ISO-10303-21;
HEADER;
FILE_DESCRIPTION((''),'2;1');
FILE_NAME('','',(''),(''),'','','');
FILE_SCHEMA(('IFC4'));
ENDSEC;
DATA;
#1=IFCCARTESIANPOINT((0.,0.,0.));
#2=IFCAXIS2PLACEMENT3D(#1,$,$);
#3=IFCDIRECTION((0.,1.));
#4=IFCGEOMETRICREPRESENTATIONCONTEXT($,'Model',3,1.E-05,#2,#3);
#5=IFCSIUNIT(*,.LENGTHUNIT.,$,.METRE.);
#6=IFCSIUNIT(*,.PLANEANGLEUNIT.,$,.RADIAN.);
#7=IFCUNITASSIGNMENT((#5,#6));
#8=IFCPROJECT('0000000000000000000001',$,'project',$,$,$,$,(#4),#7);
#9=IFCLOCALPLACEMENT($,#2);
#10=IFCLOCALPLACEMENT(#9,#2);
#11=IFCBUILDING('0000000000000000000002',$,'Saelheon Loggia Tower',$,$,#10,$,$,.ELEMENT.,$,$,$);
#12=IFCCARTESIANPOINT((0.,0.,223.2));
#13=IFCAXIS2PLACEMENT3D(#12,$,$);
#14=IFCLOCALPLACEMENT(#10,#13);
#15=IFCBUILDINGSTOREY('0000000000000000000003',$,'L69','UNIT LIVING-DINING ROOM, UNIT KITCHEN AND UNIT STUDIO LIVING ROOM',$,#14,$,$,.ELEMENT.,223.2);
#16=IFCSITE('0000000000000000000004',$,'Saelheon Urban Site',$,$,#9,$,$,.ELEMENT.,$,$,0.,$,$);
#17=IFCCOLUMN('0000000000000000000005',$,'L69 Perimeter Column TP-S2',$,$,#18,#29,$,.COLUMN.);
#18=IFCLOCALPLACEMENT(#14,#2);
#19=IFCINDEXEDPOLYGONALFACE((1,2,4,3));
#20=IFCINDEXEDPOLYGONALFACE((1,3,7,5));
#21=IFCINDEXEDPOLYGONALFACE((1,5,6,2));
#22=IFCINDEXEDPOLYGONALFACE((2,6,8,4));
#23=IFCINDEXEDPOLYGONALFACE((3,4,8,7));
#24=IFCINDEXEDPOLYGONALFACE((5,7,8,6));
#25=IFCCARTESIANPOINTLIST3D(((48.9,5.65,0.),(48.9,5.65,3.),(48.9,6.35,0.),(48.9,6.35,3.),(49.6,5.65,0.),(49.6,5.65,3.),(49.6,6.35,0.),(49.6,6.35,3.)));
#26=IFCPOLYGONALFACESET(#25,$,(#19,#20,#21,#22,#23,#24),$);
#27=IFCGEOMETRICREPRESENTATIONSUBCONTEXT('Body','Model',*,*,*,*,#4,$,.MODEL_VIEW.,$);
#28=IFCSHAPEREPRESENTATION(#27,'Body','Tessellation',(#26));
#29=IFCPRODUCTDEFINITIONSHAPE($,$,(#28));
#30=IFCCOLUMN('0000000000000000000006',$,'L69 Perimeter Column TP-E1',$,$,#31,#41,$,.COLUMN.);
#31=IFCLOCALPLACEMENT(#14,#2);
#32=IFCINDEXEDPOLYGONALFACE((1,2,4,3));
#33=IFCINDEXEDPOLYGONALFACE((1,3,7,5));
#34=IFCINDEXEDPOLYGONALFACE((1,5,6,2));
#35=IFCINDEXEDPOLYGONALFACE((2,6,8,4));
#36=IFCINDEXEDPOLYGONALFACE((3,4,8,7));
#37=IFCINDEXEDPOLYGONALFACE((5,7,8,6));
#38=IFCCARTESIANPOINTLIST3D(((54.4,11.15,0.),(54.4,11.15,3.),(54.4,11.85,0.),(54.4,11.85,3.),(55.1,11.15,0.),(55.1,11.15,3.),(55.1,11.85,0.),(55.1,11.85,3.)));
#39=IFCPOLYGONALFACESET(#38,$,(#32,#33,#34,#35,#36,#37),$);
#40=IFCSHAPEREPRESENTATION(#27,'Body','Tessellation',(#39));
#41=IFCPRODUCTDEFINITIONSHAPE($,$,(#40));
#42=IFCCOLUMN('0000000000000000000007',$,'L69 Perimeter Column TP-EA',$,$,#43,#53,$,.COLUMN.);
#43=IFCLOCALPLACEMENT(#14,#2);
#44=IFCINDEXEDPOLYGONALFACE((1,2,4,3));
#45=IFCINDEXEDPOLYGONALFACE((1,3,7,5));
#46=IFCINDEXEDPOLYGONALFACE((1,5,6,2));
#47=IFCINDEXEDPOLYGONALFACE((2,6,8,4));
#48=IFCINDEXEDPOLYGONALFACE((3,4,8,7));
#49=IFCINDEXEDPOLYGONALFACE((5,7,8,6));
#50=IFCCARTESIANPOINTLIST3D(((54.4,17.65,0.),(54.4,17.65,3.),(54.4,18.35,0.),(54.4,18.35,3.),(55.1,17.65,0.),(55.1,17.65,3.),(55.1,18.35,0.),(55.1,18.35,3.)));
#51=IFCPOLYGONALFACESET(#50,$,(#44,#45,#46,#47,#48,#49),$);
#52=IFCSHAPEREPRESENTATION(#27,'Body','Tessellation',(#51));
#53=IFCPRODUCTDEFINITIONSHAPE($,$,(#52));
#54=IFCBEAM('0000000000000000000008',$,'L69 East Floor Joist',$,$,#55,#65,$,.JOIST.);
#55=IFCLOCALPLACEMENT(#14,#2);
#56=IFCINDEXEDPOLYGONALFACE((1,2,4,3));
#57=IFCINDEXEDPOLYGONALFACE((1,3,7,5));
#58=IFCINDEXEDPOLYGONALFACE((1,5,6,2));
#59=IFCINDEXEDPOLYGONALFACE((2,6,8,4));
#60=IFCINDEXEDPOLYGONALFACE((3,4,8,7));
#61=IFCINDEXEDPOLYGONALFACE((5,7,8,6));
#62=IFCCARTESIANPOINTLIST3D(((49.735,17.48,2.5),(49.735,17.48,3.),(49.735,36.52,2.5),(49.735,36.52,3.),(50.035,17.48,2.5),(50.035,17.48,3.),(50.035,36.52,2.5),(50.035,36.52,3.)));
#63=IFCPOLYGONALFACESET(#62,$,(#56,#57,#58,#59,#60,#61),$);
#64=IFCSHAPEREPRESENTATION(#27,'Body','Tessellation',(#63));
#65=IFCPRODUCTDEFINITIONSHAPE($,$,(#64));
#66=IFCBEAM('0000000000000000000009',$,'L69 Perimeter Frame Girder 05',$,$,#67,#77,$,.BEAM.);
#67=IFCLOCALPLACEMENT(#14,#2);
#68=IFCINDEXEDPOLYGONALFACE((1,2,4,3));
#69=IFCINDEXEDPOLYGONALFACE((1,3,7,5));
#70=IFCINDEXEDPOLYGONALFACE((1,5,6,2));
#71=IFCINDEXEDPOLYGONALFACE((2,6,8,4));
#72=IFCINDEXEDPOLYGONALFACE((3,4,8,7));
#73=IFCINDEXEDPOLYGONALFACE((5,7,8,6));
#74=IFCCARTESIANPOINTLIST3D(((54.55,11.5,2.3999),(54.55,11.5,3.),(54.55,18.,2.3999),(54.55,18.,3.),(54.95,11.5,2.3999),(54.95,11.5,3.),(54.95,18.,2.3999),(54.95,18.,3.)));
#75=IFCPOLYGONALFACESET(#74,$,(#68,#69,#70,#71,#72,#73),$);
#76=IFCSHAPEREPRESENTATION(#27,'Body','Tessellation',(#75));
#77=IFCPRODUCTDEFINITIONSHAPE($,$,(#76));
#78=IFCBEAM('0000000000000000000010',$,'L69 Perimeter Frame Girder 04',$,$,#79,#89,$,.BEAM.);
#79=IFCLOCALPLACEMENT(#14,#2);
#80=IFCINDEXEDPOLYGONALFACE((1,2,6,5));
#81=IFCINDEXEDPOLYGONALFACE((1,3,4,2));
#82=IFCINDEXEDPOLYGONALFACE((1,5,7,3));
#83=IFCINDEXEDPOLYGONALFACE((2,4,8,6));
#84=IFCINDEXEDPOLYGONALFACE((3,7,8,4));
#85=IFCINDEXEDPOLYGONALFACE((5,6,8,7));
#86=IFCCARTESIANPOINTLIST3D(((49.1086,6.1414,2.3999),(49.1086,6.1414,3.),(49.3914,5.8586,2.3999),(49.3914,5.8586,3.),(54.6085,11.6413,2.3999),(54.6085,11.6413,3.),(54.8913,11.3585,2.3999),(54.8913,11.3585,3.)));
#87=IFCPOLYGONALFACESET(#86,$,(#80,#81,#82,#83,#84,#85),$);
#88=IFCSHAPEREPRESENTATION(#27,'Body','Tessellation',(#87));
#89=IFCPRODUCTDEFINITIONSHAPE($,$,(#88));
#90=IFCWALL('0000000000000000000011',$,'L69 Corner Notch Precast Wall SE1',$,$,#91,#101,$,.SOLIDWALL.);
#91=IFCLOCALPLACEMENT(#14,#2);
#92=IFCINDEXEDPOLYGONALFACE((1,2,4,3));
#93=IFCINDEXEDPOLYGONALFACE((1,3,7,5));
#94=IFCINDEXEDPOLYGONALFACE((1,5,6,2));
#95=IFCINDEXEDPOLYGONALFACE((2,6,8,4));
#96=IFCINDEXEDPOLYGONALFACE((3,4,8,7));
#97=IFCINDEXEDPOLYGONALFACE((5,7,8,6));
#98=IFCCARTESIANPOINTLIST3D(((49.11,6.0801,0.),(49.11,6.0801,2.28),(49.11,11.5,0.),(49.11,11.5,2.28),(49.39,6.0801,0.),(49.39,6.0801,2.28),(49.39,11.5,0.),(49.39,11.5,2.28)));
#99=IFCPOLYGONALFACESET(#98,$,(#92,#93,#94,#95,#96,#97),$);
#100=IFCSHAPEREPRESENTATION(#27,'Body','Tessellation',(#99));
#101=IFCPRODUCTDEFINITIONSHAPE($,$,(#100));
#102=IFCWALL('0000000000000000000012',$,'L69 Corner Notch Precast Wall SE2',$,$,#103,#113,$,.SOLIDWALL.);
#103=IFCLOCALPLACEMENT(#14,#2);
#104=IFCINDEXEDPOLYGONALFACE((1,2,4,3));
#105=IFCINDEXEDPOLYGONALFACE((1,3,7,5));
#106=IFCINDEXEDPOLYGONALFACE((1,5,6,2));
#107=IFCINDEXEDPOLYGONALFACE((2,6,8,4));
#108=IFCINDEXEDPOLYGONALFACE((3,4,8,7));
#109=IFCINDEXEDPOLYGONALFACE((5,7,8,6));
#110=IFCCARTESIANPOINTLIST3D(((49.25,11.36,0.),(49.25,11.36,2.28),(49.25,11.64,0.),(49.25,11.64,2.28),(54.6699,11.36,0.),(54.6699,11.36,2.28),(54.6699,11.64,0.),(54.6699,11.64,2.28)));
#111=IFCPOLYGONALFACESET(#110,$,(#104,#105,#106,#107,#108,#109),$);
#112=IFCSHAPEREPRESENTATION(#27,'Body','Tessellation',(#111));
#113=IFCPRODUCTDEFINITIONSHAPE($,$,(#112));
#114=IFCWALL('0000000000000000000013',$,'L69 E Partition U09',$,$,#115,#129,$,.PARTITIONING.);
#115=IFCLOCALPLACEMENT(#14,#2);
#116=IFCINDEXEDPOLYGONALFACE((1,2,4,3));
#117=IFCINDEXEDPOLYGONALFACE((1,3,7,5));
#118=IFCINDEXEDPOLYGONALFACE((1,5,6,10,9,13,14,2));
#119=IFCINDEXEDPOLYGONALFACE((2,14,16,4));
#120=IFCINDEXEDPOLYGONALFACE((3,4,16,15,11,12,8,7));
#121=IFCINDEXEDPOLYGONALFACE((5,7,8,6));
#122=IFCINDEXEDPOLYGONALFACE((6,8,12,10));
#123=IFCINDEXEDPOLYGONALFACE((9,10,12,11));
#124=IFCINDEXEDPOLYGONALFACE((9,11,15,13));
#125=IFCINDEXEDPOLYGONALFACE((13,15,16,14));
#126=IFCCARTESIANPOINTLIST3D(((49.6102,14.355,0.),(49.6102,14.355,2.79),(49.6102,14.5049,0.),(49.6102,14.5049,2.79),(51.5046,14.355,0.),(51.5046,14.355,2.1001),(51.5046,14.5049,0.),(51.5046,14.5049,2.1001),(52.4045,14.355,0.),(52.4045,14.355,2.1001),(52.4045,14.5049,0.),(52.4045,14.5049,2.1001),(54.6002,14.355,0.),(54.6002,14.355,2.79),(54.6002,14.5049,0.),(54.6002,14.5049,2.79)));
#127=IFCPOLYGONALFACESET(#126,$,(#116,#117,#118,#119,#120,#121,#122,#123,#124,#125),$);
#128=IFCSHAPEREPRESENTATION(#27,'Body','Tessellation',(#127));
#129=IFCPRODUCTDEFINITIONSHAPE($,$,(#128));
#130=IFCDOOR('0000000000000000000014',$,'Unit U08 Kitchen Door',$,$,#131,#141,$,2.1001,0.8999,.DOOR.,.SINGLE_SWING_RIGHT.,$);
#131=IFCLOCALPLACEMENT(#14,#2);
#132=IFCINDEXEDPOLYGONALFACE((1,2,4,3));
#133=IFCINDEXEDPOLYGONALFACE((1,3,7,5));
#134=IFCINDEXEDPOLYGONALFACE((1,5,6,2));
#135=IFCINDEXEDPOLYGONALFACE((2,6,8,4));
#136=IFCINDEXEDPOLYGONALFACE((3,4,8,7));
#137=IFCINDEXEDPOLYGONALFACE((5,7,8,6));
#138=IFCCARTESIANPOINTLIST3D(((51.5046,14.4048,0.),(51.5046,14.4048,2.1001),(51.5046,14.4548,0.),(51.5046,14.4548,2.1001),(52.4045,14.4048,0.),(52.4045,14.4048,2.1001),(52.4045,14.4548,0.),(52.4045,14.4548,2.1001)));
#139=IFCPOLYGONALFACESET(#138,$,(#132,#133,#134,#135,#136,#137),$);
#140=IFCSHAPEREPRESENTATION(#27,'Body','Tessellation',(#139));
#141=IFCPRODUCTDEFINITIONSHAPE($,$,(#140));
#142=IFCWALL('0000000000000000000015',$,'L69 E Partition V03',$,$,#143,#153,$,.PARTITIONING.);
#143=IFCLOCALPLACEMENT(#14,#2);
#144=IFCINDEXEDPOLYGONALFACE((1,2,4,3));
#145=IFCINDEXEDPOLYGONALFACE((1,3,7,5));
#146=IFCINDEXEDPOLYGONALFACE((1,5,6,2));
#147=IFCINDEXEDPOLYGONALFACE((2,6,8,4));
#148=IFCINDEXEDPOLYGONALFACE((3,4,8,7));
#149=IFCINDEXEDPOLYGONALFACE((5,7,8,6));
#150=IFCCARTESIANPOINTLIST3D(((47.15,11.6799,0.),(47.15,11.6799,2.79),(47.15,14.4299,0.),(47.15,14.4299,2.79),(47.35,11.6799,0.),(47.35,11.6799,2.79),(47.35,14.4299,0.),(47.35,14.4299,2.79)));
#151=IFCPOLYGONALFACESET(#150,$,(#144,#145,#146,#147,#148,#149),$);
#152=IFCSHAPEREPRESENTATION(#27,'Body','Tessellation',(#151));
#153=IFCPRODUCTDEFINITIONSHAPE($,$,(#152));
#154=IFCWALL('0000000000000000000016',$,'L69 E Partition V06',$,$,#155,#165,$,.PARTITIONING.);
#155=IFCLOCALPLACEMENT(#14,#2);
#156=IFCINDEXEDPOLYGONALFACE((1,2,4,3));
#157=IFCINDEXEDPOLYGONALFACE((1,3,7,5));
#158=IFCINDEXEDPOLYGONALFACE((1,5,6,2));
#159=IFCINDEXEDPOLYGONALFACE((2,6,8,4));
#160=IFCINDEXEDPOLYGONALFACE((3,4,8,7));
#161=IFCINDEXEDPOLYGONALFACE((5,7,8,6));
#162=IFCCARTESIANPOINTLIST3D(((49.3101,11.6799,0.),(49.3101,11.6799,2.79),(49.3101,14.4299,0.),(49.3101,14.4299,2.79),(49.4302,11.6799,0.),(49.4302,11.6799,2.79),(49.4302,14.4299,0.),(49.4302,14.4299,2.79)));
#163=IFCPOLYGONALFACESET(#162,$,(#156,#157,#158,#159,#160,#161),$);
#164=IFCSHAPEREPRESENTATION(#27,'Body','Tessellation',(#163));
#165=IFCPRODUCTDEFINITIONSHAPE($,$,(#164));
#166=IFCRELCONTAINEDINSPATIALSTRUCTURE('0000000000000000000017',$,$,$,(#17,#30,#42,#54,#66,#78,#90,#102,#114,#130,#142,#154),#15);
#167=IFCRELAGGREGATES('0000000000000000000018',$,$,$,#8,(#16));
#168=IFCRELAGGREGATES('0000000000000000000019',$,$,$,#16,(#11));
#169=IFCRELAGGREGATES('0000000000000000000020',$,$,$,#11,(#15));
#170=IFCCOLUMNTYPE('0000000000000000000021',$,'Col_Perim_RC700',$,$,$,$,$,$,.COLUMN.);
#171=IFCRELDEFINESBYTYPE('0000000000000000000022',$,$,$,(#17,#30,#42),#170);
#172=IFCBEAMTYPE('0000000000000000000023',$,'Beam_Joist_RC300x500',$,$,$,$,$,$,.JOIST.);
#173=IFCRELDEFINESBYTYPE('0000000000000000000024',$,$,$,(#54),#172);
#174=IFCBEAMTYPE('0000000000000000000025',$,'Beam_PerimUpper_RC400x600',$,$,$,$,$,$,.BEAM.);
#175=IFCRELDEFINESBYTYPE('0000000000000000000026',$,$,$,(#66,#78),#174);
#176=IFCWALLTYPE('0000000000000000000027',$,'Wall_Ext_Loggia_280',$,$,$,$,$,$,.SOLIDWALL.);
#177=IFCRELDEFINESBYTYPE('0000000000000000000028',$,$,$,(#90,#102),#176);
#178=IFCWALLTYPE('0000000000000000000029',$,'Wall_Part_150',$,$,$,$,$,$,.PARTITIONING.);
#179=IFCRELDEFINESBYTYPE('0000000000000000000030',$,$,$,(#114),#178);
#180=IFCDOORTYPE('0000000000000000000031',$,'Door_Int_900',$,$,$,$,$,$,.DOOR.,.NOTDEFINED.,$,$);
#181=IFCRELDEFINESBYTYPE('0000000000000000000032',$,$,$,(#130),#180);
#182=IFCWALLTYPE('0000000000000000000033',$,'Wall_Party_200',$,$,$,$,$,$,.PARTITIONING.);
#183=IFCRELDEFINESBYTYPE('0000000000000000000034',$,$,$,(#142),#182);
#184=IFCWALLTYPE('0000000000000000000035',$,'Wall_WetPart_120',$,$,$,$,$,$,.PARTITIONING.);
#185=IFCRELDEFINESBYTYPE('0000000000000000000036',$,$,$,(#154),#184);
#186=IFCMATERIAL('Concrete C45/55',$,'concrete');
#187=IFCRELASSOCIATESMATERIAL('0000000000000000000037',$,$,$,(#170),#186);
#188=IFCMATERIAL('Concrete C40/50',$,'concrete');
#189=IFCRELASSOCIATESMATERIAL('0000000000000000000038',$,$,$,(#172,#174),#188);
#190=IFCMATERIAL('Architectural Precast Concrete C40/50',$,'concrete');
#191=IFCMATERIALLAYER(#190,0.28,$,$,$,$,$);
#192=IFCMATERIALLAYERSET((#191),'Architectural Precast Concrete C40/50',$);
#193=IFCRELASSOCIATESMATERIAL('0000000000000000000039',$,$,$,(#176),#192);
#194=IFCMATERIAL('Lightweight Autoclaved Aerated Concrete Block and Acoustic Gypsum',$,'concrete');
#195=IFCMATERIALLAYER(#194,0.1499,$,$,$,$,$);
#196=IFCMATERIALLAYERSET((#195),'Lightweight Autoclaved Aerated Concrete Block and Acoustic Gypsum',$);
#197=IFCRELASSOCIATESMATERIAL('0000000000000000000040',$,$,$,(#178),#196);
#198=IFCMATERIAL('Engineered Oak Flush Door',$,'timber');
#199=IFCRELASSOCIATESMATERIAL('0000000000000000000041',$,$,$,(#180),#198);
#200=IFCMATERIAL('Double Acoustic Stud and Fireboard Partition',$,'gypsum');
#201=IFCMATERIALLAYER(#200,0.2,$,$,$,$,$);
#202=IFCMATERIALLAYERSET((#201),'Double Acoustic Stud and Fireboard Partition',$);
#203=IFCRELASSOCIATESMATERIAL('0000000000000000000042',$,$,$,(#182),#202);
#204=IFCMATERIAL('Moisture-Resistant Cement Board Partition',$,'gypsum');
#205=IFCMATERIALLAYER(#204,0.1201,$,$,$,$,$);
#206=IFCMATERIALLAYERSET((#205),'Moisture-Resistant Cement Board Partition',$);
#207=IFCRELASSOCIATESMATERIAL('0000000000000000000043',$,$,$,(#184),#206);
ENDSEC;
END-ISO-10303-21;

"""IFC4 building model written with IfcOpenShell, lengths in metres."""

from ifc_helpers import new_model, si_unit, direction, frame, frame_2d, origin, origin_2d, place, context, subcontext, project, spatial, rectangle, extrude, source, transform, mapped, material, layer, layer_set, material_profile, profile_set, type_object, element, fill, save


model = new_model("IFC4")

# Units and contexts
model_context = context("Model", 3, precision=1e-05, world=origin(), true_north=direction((0.0, 1.0)))
body_context = subcontext(model_context, "Body", "Model", "MODEL_VIEW")
ifc_project = project(units=[si_unit("LENGTHUNIT", "METRE"), si_unit("PLANEANGLEUNIT", "RADIAN")], contexts=[model_context])

# Site, building, storey
site_placement = place(None, origin())
site = spatial("IfcSite", under=ifc_project, at=site_placement, Name="Saelheon Urban Site", CompositionType="ELEMENT", RefElevation=0.0)
building_placement = place(site_placement, origin())
building = spatial("IfcBuilding", under=site, at=building_placement, Name="Saelheon Loggia Tower", CompositionType="ELEMENT")
storey_placement = place(building_placement, frame((0.0, 0.0, 223.2)))
storey = spatial("IfcBuildingStorey", under=building, at=storey_placement, Name="L69", Description="UNIT LIVING-DINING ROOM, UNIT KITCHEN AND UNIT STUDIO LIVING ROOM", CompositionType="ELEMENT", Elevation=223.2)

# Columns
ifc_material_1 = material(Name="Concrete C45/55", Category="concrete")
ifc_material_profile_1 = material_profile(ifc_material_1, rectangle(XDim=0.7, YDim=0.7, at=origin_2d()), Name="RC-700x700")
ifc_profile_set_1 = profile_set([ifc_material_profile_1], Name="Concrete C45/55")
column_type = type_object("IfcColumnType", Name="Col_Perim_RC700", PredefinedType="COLUMN", material=ifc_profile_set_1)
shared_shape_1 = source(origin(), body_context, "Body", "SweptSolid", [
    extrude(rectangle(XDim=0.7, YDim=0.7, at=origin_2d()), origin(), (0.0, 0.0, 1.0), 3.0),
])
for number, where, z_axis, x_axis, name in (
    (1, (49.25, 6.0, 0.0), (0.0, 0.0, 1.0), (1.0, 0.0, 0.0), "L69 Perimeter Column TP-S2"),
    (2, (54.75, 11.5, 0.0), (0.0, 0.0, 1.0), (1.0, 0.0, 0.0), "L69 Perimeter Column TP-E1"),
    (3, (54.75, 18.0, 0.0), (0.0, 0.0, 1.0), (1.0, 0.0, 0.0), "L69 Perimeter Column TP-EA"),
):
    element("IfcColumn", number, at=place(storey_placement, frame(where, z_axis=z_axis, x_axis=x_axis)), inside=storey, type_object=column_type, Name=name, PredefinedType="COLUMN", context=body_context, shape_type="MappedRepresentation", body=[
        mapped(shared_shape_1, transform((0.0, 0.0, 0.0), scale=1.0)),
    ])

# Beams
ifc_material_2 = material(Name="Concrete C40/50", Category="concrete")
ifc_material_profile_2 = material_profile(ifc_material_2, rectangle(XDim=0.3, YDim=0.5, at=origin_2d()), Name="RC-300x500")
ifc_profile_set_2 = profile_set([ifc_material_profile_2], Name="Concrete C40/50")
beam_type_1 = type_object("IfcBeamType", Name="Beam_Joist_RC300x500", PredefinedType="JOIST", material=ifc_profile_set_2)
shared_shape_2 = source(origin(), body_context, "Body", "SweptSolid", [
    extrude(rectangle(XDim=0.3, YDim=0.5, at=origin_2d()), origin(), (0.0, 0.0, 1.0), 19.04),
])
beam_1_placement = place(storey_placement, frame((49.885, 17.48, 2.75), z_axis=(0.0, 1.0, 0.0), x_axis=(-1.0, 0.0, 0.0)))
element("IfcBeam", 4, at=beam_1_placement, inside=storey, type_object=beam_type_1, Name="L69 East Floor Joist", PredefinedType="JOIST", context=body_context, shape_type="MappedRepresentation", body=[
    mapped(shared_shape_2, transform((0.0, 0.0, 0.0), scale=1.0)),
])
ifc_material_profile_3 = material_profile(ifc_material_2, rectangle(XDim=0.3999, YDim=0.6001, at=origin_2d()), Name="RC-400x600")
ifc_profile_set_3 = profile_set([ifc_material_profile_3], Name="Concrete C40/50")
beam_type_2 = type_object("IfcBeamType", Name="Beam_PerimUpper_RC400x600", PredefinedType="BEAM", material=ifc_profile_set_3)
shared_shape_3 = source(origin(), body_context, "Body", "SweptSolid", [
    extrude(rectangle(XDim=0.3999, YDim=0.6001, at=origin_2d()), origin(), (0.0, 0.0, 1.0), 6.5),
])
beam_2_placement = place(storey_placement, frame((54.75, 11.5, 2.7), z_axis=(0.0, 1.0, 0.0), x_axis=(-1.0, 0.0, 0.0)))
element("IfcBeam", 5, at=beam_2_placement, inside=storey, type_object=beam_type_2, Name="L69 Perimeter Frame Girder 05", PredefinedType="BEAM", context=body_context, shape_type="MappedRepresentation", body=[
    mapped(shared_shape_3, transform((0.0, 0.0, 0.0), scale=1.0)),
])
shared_shape_4 = source(origin(), body_context, "Body", "SweptSolid", [
    extrude(rectangle(XDim=0.3999, YDim=0.6001, at=origin_2d()), origin(), (0.0, 0.0, 1.0), 7.7781),
])
beam_3_placement = place(storey_placement, frame((49.25, 6.0, 2.7), z_axis=(0.707107, 0.707107, 0.0), x_axis=(-0.707107, 0.707107, 0.0)))
element("IfcBeam", 6, at=beam_3_placement, inside=storey, type_object=beam_type_2, Name="L69 Perimeter Frame Girder 04", PredefinedType="BEAM", context=body_context, shape_type="MappedRepresentation", body=[
    mapped(shared_shape_4, transform((0.0, 0.0, 0.0), scale=1.0)),
])

# Shared definitions
ifc_material_3 = material(Name="Architectural Precast Concrete C40/50", Category="concrete")
ifc_layer_1 = layer(ifc_material_3, 0.28)
ifc_layer_set_1 = layer_set([ifc_layer_1], Name="Architectural Precast Concrete C40/50")
wall_type_1 = type_object("IfcWallType", Name="Wall_Ext_Loggia_280", PredefinedType="SOLIDWALL", material=ifc_layer_set_1)

# Walls
for number, where, z_axis, x_axis, name in (
    (7, (49.25, 6.0801, 0.0), (0.0, 0.0, 1.0), (0.0, 1.0, 0.0), "L69 Corner Notch Precast Wall SE1"),
    (8, (49.25, 11.5, 0.0), (0.0, 0.0, 1.0), (1.0, 0.0, 0.0), "L69 Corner Notch Precast Wall SE2"),
):
    element("IfcWall", number, at=place(storey_placement, frame(where, z_axis=z_axis, x_axis=x_axis)), inside=storey, type_object=wall_type_1, Name=name, PredefinedType="SOLIDWALL", context=body_context, shape_type="SweptSolid", body=[
        extrude(rectangle(XDim=5.4199, YDim=0.28, at=frame_2d((2.71, 0.0))), origin(), (0.0, 0.0, 1.0), 2.28),
    ])

# Wall, opening, door
ifc_material_4 = material(Name="Lightweight Autoclaved Aerated Concrete Block and Acoustic Gypsum", Category="concrete")
ifc_layer_2 = layer(ifc_material_4, 0.1499)
ifc_layer_set_2 = layer_set([ifc_layer_2], Name="Lightweight Autoclaved Aerated Concrete Block and Acoustic Gypsum")
wall_type_2 = type_object("IfcWallType", Name="Wall_Part_150", PredefinedType="PARTITIONING", material=ifc_layer_set_2)
wall_1_placement = place(storey_placement, frame((49.6101, 14.4299, 0.0), z_axis=(0.0, 0.0, 1.0), x_axis=(1.0, 0.0, 0.0)))
wall_1 = element("IfcWall", 9, at=wall_1_placement, inside=storey, type_object=wall_type_2, Name="L69 E Partition U09", PredefinedType="PARTITIONING", context=body_context, shape_type="SweptSolid", body=[
    extrude(rectangle(XDim=4.99, YDim=0.1499, at=frame_2d((2.4951, 0.0))), origin(), (0.0, 0.0, 1.0), 2.79),
])
opening_1_placement = place(wall_1_placement, frame((1.8945, 0.0, 0.0)))
opening_1 = element("IfcOpeningElement", 10, at=opening_1_placement, cuts=wall_1, PredefinedType="OPENING", context=body_context, shape_type="SweptSolid", body=[
    extrude(rectangle(XDim=0.8999, YDim=2.1001, at=frame_2d((0.45, 1.05))), frame((0.0, 0.0869, 0.0), z_axis=(0.0, -1.0, 0.0), x_axis=(1.0, 0.0, 0.0)), (0.0, 0.0, 1.0), 0.1738),
])
ifc_material_5 = material(Name="Engineered Oak Flush Door", Category="timber")
door_type_1 = type_object("IfcDoorType", Name="Door_Int_900", OperationType="NOTDEFINED", PredefinedType="DOOR", material=ifc_material_5)
shared_shape_5 = source(origin(), body_context, "Body", "SweptSolid", [
    extrude(rectangle(XDim=0.8999, YDim=2.1001, at=frame_2d((0.45, 1.05))), frame((0.0, 0.0249, 0.0), z_axis=(0.0, -1.0, 0.0), x_axis=(1.0, 0.0, 0.0)), (0.0, 0.0, 1.0), 0.05),
])
door_1_placement = place(opening_1_placement, origin())
door_1 = element("IfcDoor", 11, at=door_1_placement, inside=storey, type_object=door_type_1, Name="Unit U08 Kitchen Door", OperationType="SINGLE_SWING_RIGHT", OverallHeight=2.1001, OverallWidth=0.8999, PredefinedType="DOOR", context=body_context, shape_type="MappedRepresentation", body=[
    mapped(shared_shape_5, transform((0.0, 0.0, 0.0), scale=1.0)),
])
fill(opening_1, door_1)

# Wall
ifc_material_6 = material(Name="Double Acoustic Stud and Fireboard Partition", Category="gypsum")
ifc_layer_3 = layer(ifc_material_6, 0.2)
ifc_layer_set_3 = layer_set([ifc_layer_3], Name="Double Acoustic Stud and Fireboard Partition")
wall_type_3 = type_object("IfcWallType", Name="Wall_Party_200", PredefinedType="PARTITIONING", material=ifc_layer_set_3)
wall_2_placement = place(storey_placement, frame((47.25, 11.6799, 0.0), z_axis=(0.0, 0.0, 1.0), x_axis=(0.0, 1.0, 0.0)))
element("IfcWall", 12, at=wall_2_placement, inside=storey, type_object=wall_type_3, Name="L69 E Partition V03", PredefinedType="PARTITIONING", context=body_context, shape_type="SweptSolid", body=[
    extrude(rectangle(XDim=2.75, YDim=0.2, at=frame_2d((1.375, 0.0))), origin(), (0.0, 0.0, 1.0), 2.79),
])

# Wall
ifc_material_7 = material(Name="Moisture-Resistant Cement Board Partition", Category="gypsum")
ifc_layer_4 = layer(ifc_material_7, 0.1201)
ifc_layer_set_4 = layer_set([ifc_layer_4], Name="Moisture-Resistant Cement Board Partition")
wall_type_4 = type_object("IfcWallType", Name="Wall_WetPart_120", PredefinedType="PARTITIONING", material=ifc_layer_set_4)
wall_3_placement = place(storey_placement, frame((49.3701, 11.6799, 0.0), z_axis=(0.0, 0.0, 1.0), x_axis=(0.0, 1.0, 0.0)))
element("IfcWall", 13, at=wall_3_placement, inside=storey, type_object=wall_type_4, Name="L69 E Partition V06", PredefinedType="PARTITIONING", context=body_context, shape_type="SweptSolid", body=[
    extrude(rectangle(XDim=2.75, YDim=0.1201, at=frame_2d((1.375, 0.0))), origin(), (0.0, 0.0, 1.0), 2.79),
])

save(model, "model.ifc")
